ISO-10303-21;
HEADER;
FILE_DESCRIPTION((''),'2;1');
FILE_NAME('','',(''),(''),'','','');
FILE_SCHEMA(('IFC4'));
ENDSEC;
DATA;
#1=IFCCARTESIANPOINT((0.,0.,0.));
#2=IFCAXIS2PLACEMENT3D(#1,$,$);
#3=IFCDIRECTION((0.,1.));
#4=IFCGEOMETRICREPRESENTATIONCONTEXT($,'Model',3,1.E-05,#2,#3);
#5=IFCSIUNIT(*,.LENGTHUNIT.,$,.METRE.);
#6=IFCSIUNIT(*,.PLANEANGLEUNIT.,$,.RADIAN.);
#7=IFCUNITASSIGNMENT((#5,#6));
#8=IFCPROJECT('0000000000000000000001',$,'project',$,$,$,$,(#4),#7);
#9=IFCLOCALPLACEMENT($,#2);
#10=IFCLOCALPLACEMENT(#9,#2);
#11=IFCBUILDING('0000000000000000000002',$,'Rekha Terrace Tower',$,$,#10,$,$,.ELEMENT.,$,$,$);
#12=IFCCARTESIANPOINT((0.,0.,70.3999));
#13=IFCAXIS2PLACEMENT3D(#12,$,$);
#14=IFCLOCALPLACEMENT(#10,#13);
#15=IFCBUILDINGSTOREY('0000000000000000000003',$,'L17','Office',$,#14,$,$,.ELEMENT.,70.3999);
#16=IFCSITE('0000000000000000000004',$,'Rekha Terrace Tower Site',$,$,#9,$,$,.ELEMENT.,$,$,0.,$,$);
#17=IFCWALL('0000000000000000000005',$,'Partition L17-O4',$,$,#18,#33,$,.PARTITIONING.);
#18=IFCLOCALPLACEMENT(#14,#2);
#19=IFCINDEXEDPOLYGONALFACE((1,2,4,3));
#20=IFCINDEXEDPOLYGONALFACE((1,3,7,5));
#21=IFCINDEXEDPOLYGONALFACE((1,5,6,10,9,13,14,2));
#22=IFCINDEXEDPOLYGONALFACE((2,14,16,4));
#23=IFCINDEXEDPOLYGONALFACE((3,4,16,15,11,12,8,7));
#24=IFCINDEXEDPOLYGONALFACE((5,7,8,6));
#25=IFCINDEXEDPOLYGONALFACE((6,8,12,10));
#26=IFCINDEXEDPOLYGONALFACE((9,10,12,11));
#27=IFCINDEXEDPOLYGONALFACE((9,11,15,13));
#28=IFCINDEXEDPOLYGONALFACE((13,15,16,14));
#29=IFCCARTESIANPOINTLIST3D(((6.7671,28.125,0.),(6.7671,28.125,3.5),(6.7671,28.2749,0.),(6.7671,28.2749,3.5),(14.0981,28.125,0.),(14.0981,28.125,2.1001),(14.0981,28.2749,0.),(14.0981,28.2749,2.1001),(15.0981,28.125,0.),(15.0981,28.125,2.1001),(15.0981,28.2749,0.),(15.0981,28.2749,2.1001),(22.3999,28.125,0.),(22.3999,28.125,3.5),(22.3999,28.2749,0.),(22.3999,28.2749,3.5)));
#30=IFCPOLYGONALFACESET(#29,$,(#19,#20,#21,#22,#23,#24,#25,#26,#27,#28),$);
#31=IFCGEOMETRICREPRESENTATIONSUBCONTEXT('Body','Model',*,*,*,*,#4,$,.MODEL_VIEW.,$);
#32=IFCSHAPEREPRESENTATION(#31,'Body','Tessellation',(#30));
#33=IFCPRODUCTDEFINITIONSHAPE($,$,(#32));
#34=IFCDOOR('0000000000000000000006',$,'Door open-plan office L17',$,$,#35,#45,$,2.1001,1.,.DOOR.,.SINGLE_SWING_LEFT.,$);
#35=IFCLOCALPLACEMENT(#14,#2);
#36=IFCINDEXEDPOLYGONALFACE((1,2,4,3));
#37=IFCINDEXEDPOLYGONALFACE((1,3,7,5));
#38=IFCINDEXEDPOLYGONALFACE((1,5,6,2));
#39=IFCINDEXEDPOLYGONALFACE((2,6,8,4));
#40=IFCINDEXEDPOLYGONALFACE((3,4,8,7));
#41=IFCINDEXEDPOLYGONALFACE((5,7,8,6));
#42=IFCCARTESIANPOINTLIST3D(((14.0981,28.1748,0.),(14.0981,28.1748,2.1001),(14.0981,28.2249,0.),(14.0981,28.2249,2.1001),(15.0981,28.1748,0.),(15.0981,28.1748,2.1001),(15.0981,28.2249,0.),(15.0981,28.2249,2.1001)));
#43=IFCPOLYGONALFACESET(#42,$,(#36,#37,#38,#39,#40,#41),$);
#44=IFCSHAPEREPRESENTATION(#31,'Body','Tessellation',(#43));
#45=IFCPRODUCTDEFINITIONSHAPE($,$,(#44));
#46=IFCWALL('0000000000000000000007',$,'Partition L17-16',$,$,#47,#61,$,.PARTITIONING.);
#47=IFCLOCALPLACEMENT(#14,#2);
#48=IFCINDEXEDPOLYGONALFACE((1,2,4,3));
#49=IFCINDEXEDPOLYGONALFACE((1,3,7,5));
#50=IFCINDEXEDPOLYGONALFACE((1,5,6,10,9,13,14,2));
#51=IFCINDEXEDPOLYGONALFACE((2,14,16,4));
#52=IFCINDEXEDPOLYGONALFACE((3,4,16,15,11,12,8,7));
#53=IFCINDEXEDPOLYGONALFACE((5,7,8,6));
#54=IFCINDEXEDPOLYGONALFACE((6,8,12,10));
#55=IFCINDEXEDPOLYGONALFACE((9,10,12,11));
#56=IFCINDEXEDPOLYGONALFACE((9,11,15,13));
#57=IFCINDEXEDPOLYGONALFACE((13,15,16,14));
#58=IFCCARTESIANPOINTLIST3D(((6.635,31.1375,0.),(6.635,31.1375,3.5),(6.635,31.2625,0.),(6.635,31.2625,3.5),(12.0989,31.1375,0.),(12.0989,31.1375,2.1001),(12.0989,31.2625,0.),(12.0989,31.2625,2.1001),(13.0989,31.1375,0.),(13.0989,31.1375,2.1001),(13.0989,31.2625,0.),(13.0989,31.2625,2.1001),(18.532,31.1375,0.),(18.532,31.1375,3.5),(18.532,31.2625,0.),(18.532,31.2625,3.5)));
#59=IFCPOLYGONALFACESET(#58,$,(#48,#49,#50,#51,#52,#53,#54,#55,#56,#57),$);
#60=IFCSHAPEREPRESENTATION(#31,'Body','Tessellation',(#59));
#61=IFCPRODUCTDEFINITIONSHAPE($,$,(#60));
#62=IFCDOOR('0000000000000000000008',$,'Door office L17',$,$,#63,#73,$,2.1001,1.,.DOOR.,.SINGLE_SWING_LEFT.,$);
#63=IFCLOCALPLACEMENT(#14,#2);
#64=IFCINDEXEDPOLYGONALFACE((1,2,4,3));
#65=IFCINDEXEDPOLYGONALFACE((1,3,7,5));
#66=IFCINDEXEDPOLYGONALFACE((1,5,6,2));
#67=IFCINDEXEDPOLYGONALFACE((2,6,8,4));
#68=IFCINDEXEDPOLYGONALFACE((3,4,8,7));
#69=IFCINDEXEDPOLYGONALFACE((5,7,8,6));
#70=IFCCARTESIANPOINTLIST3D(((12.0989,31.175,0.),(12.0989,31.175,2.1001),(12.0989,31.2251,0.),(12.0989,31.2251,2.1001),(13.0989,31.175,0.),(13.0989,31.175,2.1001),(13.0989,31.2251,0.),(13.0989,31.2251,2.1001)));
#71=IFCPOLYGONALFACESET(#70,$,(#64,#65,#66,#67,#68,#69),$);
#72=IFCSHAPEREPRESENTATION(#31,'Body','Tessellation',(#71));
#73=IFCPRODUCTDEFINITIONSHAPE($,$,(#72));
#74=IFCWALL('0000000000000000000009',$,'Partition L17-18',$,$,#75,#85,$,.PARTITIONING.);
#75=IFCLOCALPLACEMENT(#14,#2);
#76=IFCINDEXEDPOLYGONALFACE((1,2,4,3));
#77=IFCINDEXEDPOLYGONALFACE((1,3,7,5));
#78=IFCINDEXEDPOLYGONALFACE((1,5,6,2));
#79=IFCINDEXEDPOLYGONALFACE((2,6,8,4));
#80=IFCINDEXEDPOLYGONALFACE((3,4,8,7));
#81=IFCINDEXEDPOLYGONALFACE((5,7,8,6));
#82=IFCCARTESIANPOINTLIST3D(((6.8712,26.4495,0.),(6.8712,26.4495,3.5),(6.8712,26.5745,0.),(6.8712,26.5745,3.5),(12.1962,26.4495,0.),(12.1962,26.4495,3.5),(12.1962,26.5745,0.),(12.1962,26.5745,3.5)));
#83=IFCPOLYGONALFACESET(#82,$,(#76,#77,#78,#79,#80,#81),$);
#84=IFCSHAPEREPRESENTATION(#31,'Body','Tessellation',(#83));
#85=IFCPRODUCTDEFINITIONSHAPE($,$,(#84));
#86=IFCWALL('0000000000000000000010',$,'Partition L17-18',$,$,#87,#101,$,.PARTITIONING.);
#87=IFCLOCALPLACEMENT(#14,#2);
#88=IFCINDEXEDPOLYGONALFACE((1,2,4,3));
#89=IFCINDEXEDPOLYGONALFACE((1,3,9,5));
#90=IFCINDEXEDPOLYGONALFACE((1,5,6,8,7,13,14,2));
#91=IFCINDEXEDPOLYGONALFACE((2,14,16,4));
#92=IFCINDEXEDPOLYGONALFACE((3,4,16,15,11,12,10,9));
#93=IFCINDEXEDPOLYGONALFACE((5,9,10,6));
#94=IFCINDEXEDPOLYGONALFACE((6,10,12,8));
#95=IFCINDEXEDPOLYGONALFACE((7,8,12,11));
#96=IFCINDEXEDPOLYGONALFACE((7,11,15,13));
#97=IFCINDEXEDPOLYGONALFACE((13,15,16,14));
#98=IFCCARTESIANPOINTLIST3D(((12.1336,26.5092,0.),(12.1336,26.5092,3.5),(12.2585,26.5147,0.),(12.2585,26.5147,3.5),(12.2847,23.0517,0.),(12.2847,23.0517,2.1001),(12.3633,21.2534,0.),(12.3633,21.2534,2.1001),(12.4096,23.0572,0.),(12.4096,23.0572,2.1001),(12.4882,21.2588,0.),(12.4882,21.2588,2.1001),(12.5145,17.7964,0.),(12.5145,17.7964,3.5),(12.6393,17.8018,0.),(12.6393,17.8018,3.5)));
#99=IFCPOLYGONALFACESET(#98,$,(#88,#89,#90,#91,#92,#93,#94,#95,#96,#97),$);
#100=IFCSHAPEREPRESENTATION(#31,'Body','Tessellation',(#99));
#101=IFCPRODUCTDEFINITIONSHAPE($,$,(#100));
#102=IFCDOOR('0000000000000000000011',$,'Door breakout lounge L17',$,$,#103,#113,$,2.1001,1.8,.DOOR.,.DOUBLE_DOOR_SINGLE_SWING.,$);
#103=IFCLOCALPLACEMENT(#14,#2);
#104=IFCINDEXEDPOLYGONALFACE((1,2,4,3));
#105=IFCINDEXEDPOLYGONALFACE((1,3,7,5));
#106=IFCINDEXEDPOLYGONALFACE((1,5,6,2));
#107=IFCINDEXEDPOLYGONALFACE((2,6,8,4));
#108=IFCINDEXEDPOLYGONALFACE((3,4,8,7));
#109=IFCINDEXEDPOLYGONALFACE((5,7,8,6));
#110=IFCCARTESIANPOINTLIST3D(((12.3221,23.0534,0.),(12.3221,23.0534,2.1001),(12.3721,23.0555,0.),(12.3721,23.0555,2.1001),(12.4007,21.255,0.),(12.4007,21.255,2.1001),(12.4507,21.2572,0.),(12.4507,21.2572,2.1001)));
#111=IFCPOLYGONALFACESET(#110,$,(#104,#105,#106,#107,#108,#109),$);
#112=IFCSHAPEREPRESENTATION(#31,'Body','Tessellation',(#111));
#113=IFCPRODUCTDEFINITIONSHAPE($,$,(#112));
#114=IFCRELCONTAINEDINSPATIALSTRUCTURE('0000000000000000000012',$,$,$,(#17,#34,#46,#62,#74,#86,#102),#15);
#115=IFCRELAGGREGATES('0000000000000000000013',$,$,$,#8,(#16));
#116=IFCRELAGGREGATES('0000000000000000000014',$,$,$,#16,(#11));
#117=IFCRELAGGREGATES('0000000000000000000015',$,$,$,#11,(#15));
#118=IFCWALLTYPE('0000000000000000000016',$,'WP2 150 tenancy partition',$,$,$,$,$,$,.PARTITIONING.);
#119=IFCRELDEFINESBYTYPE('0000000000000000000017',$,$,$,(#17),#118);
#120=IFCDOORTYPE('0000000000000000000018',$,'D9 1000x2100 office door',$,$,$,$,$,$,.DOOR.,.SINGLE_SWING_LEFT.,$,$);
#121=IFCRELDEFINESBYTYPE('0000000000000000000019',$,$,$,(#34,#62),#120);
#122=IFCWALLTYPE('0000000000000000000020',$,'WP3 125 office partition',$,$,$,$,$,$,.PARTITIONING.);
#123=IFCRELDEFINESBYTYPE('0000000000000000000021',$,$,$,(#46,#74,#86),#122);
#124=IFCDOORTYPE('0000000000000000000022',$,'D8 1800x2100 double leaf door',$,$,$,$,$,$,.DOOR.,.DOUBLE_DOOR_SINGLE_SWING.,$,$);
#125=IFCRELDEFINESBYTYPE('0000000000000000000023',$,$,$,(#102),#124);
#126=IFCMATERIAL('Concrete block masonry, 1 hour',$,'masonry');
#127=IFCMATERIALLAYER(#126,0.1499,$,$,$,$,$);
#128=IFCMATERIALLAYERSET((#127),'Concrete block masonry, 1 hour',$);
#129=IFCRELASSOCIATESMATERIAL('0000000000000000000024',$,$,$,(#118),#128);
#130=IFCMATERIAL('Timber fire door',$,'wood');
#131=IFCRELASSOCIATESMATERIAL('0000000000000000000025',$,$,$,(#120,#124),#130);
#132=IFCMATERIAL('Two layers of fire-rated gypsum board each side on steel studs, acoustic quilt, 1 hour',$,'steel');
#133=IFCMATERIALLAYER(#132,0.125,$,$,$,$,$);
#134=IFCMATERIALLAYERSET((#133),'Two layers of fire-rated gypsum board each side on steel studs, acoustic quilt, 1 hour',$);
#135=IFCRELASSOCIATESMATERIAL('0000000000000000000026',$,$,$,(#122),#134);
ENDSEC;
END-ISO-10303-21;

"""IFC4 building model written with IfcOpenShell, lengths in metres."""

from ifc_helpers import new_model, si_unit, direction, frame, frame_2d, origin, place, context, subcontext, project, spatial, rectangle, extrude, material, layer, layer_set, type_object, element, fill, save


model = new_model("IFC4")

# Units and contexts
model_context = context("Model", 3, precision=1e-05, world=origin(), true_north=direction((0.0, 1.0)))
body_context = subcontext(model_context, "Body", "Model", "MODEL_VIEW")
ifc_project = project(units=[si_unit("LENGTHUNIT", "METRE"), si_unit("PLANEANGLEUNIT", "RADIAN")], contexts=[model_context])

# Site, building, storey
site_placement = place(None, origin())
site = spatial("IfcSite", under=ifc_project, at=site_placement, Name="Rekha Terrace Tower Site", CompositionType="ELEMENT", RefElevation=0.0)
building_placement = place(site_placement, origin())
building = spatial("IfcBuilding", under=site, at=building_placement, Name="Rekha Terrace Tower", CompositionType="ELEMENT")
storey_placement = place(building_placement, frame((0.0, 0.0, 70.3999)))
storey = spatial("IfcBuildingStorey", under=building, at=storey_placement, Name="L17", Description="Office", CompositionType="ELEMENT", Elevation=70.3999)

# Walls, openings, doors
ifc_material_1 = material(Name="Concrete block masonry, 1 hour", Category="masonry")
ifc_layer_1 = layer(ifc_material_1, 0.1499)
ifc_layer_set_1 = layer_set([ifc_layer_1], Name="Concrete block masonry, 1 hour")
wall_type_1 = type_object("IfcWallType", Name="WP2 150 tenancy partition", PredefinedType="PARTITIONING", material=ifc_layer_set_1)
wall_1_placement = place(storey_placement, frame((6.7671, 28.2, 0.0), z_axis=(0.0, 0.0, 1.0), x_axis=(1.0, 0.0, 0.0)))
wall_1 = element("IfcWall", 1, at=wall_1_placement, inside=storey, type_object=wall_type_1, Name="Partition L17-O4", PredefinedType="PARTITIONING", context=body_context, shape_type="SweptSolid", body=[
    extrude(rectangle(XDim=15.6328, YDim=0.1499, at=frame_2d((7.8164, 0.0))), origin(), (0.0, 0.0, 1.0), 3.5),
])
opening_1_placement = place(wall_1_placement, frame((7.3311, 0.0, 0.0)))
opening_1 = element("IfcOpeningElement", 2, at=opening_1_placement, cuts=wall_1, PredefinedType="OPENING", context=body_context, shape_type="SweptSolid", body=[
    extrude(rectangle(XDim=1.0, YDim=2.1001, at=frame_2d((0.5, 1.05))), frame((0.0, 0.085, 0.0), z_axis=(0.0, -1.0, 0.0), x_axis=(1.0, 0.0, 0.0)), (0.0, 0.0, 1.0), 0.1699),
])
ifc_material_2 = material(Name="Timber fire door", Category="wood")
door_type_1 = type_object("IfcDoorType", Name="D9 1000x2100 office door", OperationType="SINGLE_SWING_LEFT", PredefinedType="DOOR", material=ifc_material_2)
door_1_placement = place(opening_1_placement, origin())
door_1 = element("IfcDoor", 3, at=door_1_placement, inside=storey, type_object=door_type_1, Name="Door open-plan office L17", OperationType="SINGLE_SWING_LEFT", OverallHeight=2.1001, OverallWidth=1.0, PredefinedType="DOOR", context=body_context, shape_type="SweptSolid", body=[
    extrude(rectangle(XDim=1.0, YDim=2.1001, at=frame_2d((0.5, 1.05))), frame((0.0, 0.0249, 0.0), z_axis=(0.0, -1.0, 0.0), x_axis=(1.0, 0.0, 0.0)), (0.0, 0.0, 1.0), 0.05),
])
fill(opening_1, door_1)
ifc_material_3 = material(Name="Two layers of fire-rated gypsum board each side on steel studs, acoustic quilt, 1 hour", Category="steel")
ifc_layer_2 = layer(ifc_material_3, 0.125)
ifc_layer_set_2 = layer_set([ifc_layer_2], Name="Two layers of fire-rated gypsum board each side on steel studs, acoustic quilt, 1 hour")
wall_type_2 = type_object("IfcWallType", Name="WP3 125 office partition", PredefinedType="PARTITIONING", material=ifc_layer_set_2)
wall_2_placement = place(storey_placement, frame((18.532, 31.2, 0.0), z_axis=(0.0, 0.0, 1.0), x_axis=(-1.0, 0.0, 0.0)))
wall_2 = element("IfcWall", 4, at=wall_2_placement, inside=storey, type_object=wall_type_2, Name="Partition L17-16", PredefinedType="PARTITIONING", context=body_context, shape_type="SweptSolid", body=[
    extrude(rectangle(XDim=11.897, YDim=0.125, at=frame_2d((5.9485, 0.0))), origin(), (0.0, 0.0, 1.0), 3.5),
])
opening_2_placement = place(wall_2_placement, frame((5.4331, 0.0, 0.0)))
opening_2 = element("IfcOpeningElement", 5, at=opening_2_placement, cuts=wall_2, PredefinedType="OPENING", context=body_context, shape_type="SweptSolid", body=[
    extrude(rectangle(XDim=1.0, YDim=2.1001, at=frame_2d((0.5, 1.05))), frame((0.0, 0.0725, 0.0), z_axis=(0.0, -1.0, 0.0), x_axis=(1.0, 0.0, 0.0)), (0.0, 0.0, 1.0), 0.145),
])
door_2_placement = place(opening_2_placement, origin())
door_2 = element("IfcDoor", 6, at=door_2_placement, inside=storey, type_object=door_type_1, Name="Door office L17", OperationType="SINGLE_SWING_LEFT", OverallHeight=2.1001, OverallWidth=1.0, PredefinedType="DOOR", context=body_context, shape_type="SweptSolid", body=[
    extrude(rectangle(XDim=1.0, YDim=2.1001, at=frame_2d((0.5, 1.05))), frame((0.0, 0.0249, 0.0), z_axis=(0.0, -1.0, 0.0), x_axis=(1.0, 0.0, 0.0)), (0.0, 0.0, 1.0), 0.05),
])
fill(opening_2, door_2)

# Wall
wall_3_placement = place(storey_placement, frame((6.8711, 26.512, 0.0), z_axis=(0.0, 0.0, 1.0), x_axis=(1.0, 0.0, 0.0)))
element("IfcWall", 7, at=wall_3_placement, inside=storey, type_object=wall_type_2, Name="Partition L17-18", PredefinedType="PARTITIONING", context=body_context, shape_type="SweptSolid", body=[
    extrude(rectangle(XDim=5.325, YDim=0.125, at=frame_2d((2.6626, 0.0))), origin(), (0.0, 0.0, 1.0), 3.5),
])

# Wall, opening, door
wall_4_placement = place(storey_placement, frame((12.196, 26.512, 0.0), z_axis=(0.0, 0.0, 1.0), x_axis=(0.04367, -0.999046, 0.0)))
wall_4 = element("IfcWall", 8, at=wall_4_placement, inside=storey, type_object=wall_type_2, Name="Partition L17-18", PredefinedType="PARTITIONING", context=body_context, shape_type="SweptSolid", body=[
    extrude(rectangle(XDim=8.7212, YDim=0.125, at=frame_2d((4.3606, 0.0))), origin(), (0.0, 0.0, 1.0), 3.5),
])
opening_3_placement = place(wall_4_placement, frame((3.4609, 0.0, 0.0)))
opening_3 = element("IfcOpeningElement", 9, at=opening_3_placement, cuts=wall_4, PredefinedType="OPENING", context=body_context, shape_type="SweptSolid", body=[
    extrude(rectangle(XDim=1.8, YDim=2.1001, at=frame_2d((0.8999, 1.05))), frame((0.0, 0.0725, 0.0), z_axis=(0.0, -1.0, 0.0), x_axis=(1.0, 0.0, 0.0)), (0.0, 0.0, 1.0), 0.145),
])
door_type_2 = type_object("IfcDoorType", Name="D8 1800x2100 double leaf door", OperationType="DOUBLE_DOOR_SINGLE_SWING", PredefinedType="DOOR", material=ifc_material_2)
door_3_placement = place(opening_3_placement, origin())
door_3 = element("IfcDoor", 10, at=door_3_placement, inside=storey, type_object=door_type_2, Name="Door breakout lounge L17", OperationType="DOUBLE_DOOR_SINGLE_SWING", OverallHeight=2.1001, OverallWidth=1.8, PredefinedType="DOOR", context=body_context, shape_type="SweptSolid", body=[
    extrude(rectangle(XDim=1.8, YDim=2.1001, at=frame_2d((0.8999, 1.05))), frame((0.0, 0.0249, 0.0), z_axis=(0.0, -1.0, 0.0), x_axis=(1.0, 0.0, 0.0)), (0.0, 0.0, 1.0), 0.05),
])
fill(opening_3, door_3)

save(model, "model.ifc")
